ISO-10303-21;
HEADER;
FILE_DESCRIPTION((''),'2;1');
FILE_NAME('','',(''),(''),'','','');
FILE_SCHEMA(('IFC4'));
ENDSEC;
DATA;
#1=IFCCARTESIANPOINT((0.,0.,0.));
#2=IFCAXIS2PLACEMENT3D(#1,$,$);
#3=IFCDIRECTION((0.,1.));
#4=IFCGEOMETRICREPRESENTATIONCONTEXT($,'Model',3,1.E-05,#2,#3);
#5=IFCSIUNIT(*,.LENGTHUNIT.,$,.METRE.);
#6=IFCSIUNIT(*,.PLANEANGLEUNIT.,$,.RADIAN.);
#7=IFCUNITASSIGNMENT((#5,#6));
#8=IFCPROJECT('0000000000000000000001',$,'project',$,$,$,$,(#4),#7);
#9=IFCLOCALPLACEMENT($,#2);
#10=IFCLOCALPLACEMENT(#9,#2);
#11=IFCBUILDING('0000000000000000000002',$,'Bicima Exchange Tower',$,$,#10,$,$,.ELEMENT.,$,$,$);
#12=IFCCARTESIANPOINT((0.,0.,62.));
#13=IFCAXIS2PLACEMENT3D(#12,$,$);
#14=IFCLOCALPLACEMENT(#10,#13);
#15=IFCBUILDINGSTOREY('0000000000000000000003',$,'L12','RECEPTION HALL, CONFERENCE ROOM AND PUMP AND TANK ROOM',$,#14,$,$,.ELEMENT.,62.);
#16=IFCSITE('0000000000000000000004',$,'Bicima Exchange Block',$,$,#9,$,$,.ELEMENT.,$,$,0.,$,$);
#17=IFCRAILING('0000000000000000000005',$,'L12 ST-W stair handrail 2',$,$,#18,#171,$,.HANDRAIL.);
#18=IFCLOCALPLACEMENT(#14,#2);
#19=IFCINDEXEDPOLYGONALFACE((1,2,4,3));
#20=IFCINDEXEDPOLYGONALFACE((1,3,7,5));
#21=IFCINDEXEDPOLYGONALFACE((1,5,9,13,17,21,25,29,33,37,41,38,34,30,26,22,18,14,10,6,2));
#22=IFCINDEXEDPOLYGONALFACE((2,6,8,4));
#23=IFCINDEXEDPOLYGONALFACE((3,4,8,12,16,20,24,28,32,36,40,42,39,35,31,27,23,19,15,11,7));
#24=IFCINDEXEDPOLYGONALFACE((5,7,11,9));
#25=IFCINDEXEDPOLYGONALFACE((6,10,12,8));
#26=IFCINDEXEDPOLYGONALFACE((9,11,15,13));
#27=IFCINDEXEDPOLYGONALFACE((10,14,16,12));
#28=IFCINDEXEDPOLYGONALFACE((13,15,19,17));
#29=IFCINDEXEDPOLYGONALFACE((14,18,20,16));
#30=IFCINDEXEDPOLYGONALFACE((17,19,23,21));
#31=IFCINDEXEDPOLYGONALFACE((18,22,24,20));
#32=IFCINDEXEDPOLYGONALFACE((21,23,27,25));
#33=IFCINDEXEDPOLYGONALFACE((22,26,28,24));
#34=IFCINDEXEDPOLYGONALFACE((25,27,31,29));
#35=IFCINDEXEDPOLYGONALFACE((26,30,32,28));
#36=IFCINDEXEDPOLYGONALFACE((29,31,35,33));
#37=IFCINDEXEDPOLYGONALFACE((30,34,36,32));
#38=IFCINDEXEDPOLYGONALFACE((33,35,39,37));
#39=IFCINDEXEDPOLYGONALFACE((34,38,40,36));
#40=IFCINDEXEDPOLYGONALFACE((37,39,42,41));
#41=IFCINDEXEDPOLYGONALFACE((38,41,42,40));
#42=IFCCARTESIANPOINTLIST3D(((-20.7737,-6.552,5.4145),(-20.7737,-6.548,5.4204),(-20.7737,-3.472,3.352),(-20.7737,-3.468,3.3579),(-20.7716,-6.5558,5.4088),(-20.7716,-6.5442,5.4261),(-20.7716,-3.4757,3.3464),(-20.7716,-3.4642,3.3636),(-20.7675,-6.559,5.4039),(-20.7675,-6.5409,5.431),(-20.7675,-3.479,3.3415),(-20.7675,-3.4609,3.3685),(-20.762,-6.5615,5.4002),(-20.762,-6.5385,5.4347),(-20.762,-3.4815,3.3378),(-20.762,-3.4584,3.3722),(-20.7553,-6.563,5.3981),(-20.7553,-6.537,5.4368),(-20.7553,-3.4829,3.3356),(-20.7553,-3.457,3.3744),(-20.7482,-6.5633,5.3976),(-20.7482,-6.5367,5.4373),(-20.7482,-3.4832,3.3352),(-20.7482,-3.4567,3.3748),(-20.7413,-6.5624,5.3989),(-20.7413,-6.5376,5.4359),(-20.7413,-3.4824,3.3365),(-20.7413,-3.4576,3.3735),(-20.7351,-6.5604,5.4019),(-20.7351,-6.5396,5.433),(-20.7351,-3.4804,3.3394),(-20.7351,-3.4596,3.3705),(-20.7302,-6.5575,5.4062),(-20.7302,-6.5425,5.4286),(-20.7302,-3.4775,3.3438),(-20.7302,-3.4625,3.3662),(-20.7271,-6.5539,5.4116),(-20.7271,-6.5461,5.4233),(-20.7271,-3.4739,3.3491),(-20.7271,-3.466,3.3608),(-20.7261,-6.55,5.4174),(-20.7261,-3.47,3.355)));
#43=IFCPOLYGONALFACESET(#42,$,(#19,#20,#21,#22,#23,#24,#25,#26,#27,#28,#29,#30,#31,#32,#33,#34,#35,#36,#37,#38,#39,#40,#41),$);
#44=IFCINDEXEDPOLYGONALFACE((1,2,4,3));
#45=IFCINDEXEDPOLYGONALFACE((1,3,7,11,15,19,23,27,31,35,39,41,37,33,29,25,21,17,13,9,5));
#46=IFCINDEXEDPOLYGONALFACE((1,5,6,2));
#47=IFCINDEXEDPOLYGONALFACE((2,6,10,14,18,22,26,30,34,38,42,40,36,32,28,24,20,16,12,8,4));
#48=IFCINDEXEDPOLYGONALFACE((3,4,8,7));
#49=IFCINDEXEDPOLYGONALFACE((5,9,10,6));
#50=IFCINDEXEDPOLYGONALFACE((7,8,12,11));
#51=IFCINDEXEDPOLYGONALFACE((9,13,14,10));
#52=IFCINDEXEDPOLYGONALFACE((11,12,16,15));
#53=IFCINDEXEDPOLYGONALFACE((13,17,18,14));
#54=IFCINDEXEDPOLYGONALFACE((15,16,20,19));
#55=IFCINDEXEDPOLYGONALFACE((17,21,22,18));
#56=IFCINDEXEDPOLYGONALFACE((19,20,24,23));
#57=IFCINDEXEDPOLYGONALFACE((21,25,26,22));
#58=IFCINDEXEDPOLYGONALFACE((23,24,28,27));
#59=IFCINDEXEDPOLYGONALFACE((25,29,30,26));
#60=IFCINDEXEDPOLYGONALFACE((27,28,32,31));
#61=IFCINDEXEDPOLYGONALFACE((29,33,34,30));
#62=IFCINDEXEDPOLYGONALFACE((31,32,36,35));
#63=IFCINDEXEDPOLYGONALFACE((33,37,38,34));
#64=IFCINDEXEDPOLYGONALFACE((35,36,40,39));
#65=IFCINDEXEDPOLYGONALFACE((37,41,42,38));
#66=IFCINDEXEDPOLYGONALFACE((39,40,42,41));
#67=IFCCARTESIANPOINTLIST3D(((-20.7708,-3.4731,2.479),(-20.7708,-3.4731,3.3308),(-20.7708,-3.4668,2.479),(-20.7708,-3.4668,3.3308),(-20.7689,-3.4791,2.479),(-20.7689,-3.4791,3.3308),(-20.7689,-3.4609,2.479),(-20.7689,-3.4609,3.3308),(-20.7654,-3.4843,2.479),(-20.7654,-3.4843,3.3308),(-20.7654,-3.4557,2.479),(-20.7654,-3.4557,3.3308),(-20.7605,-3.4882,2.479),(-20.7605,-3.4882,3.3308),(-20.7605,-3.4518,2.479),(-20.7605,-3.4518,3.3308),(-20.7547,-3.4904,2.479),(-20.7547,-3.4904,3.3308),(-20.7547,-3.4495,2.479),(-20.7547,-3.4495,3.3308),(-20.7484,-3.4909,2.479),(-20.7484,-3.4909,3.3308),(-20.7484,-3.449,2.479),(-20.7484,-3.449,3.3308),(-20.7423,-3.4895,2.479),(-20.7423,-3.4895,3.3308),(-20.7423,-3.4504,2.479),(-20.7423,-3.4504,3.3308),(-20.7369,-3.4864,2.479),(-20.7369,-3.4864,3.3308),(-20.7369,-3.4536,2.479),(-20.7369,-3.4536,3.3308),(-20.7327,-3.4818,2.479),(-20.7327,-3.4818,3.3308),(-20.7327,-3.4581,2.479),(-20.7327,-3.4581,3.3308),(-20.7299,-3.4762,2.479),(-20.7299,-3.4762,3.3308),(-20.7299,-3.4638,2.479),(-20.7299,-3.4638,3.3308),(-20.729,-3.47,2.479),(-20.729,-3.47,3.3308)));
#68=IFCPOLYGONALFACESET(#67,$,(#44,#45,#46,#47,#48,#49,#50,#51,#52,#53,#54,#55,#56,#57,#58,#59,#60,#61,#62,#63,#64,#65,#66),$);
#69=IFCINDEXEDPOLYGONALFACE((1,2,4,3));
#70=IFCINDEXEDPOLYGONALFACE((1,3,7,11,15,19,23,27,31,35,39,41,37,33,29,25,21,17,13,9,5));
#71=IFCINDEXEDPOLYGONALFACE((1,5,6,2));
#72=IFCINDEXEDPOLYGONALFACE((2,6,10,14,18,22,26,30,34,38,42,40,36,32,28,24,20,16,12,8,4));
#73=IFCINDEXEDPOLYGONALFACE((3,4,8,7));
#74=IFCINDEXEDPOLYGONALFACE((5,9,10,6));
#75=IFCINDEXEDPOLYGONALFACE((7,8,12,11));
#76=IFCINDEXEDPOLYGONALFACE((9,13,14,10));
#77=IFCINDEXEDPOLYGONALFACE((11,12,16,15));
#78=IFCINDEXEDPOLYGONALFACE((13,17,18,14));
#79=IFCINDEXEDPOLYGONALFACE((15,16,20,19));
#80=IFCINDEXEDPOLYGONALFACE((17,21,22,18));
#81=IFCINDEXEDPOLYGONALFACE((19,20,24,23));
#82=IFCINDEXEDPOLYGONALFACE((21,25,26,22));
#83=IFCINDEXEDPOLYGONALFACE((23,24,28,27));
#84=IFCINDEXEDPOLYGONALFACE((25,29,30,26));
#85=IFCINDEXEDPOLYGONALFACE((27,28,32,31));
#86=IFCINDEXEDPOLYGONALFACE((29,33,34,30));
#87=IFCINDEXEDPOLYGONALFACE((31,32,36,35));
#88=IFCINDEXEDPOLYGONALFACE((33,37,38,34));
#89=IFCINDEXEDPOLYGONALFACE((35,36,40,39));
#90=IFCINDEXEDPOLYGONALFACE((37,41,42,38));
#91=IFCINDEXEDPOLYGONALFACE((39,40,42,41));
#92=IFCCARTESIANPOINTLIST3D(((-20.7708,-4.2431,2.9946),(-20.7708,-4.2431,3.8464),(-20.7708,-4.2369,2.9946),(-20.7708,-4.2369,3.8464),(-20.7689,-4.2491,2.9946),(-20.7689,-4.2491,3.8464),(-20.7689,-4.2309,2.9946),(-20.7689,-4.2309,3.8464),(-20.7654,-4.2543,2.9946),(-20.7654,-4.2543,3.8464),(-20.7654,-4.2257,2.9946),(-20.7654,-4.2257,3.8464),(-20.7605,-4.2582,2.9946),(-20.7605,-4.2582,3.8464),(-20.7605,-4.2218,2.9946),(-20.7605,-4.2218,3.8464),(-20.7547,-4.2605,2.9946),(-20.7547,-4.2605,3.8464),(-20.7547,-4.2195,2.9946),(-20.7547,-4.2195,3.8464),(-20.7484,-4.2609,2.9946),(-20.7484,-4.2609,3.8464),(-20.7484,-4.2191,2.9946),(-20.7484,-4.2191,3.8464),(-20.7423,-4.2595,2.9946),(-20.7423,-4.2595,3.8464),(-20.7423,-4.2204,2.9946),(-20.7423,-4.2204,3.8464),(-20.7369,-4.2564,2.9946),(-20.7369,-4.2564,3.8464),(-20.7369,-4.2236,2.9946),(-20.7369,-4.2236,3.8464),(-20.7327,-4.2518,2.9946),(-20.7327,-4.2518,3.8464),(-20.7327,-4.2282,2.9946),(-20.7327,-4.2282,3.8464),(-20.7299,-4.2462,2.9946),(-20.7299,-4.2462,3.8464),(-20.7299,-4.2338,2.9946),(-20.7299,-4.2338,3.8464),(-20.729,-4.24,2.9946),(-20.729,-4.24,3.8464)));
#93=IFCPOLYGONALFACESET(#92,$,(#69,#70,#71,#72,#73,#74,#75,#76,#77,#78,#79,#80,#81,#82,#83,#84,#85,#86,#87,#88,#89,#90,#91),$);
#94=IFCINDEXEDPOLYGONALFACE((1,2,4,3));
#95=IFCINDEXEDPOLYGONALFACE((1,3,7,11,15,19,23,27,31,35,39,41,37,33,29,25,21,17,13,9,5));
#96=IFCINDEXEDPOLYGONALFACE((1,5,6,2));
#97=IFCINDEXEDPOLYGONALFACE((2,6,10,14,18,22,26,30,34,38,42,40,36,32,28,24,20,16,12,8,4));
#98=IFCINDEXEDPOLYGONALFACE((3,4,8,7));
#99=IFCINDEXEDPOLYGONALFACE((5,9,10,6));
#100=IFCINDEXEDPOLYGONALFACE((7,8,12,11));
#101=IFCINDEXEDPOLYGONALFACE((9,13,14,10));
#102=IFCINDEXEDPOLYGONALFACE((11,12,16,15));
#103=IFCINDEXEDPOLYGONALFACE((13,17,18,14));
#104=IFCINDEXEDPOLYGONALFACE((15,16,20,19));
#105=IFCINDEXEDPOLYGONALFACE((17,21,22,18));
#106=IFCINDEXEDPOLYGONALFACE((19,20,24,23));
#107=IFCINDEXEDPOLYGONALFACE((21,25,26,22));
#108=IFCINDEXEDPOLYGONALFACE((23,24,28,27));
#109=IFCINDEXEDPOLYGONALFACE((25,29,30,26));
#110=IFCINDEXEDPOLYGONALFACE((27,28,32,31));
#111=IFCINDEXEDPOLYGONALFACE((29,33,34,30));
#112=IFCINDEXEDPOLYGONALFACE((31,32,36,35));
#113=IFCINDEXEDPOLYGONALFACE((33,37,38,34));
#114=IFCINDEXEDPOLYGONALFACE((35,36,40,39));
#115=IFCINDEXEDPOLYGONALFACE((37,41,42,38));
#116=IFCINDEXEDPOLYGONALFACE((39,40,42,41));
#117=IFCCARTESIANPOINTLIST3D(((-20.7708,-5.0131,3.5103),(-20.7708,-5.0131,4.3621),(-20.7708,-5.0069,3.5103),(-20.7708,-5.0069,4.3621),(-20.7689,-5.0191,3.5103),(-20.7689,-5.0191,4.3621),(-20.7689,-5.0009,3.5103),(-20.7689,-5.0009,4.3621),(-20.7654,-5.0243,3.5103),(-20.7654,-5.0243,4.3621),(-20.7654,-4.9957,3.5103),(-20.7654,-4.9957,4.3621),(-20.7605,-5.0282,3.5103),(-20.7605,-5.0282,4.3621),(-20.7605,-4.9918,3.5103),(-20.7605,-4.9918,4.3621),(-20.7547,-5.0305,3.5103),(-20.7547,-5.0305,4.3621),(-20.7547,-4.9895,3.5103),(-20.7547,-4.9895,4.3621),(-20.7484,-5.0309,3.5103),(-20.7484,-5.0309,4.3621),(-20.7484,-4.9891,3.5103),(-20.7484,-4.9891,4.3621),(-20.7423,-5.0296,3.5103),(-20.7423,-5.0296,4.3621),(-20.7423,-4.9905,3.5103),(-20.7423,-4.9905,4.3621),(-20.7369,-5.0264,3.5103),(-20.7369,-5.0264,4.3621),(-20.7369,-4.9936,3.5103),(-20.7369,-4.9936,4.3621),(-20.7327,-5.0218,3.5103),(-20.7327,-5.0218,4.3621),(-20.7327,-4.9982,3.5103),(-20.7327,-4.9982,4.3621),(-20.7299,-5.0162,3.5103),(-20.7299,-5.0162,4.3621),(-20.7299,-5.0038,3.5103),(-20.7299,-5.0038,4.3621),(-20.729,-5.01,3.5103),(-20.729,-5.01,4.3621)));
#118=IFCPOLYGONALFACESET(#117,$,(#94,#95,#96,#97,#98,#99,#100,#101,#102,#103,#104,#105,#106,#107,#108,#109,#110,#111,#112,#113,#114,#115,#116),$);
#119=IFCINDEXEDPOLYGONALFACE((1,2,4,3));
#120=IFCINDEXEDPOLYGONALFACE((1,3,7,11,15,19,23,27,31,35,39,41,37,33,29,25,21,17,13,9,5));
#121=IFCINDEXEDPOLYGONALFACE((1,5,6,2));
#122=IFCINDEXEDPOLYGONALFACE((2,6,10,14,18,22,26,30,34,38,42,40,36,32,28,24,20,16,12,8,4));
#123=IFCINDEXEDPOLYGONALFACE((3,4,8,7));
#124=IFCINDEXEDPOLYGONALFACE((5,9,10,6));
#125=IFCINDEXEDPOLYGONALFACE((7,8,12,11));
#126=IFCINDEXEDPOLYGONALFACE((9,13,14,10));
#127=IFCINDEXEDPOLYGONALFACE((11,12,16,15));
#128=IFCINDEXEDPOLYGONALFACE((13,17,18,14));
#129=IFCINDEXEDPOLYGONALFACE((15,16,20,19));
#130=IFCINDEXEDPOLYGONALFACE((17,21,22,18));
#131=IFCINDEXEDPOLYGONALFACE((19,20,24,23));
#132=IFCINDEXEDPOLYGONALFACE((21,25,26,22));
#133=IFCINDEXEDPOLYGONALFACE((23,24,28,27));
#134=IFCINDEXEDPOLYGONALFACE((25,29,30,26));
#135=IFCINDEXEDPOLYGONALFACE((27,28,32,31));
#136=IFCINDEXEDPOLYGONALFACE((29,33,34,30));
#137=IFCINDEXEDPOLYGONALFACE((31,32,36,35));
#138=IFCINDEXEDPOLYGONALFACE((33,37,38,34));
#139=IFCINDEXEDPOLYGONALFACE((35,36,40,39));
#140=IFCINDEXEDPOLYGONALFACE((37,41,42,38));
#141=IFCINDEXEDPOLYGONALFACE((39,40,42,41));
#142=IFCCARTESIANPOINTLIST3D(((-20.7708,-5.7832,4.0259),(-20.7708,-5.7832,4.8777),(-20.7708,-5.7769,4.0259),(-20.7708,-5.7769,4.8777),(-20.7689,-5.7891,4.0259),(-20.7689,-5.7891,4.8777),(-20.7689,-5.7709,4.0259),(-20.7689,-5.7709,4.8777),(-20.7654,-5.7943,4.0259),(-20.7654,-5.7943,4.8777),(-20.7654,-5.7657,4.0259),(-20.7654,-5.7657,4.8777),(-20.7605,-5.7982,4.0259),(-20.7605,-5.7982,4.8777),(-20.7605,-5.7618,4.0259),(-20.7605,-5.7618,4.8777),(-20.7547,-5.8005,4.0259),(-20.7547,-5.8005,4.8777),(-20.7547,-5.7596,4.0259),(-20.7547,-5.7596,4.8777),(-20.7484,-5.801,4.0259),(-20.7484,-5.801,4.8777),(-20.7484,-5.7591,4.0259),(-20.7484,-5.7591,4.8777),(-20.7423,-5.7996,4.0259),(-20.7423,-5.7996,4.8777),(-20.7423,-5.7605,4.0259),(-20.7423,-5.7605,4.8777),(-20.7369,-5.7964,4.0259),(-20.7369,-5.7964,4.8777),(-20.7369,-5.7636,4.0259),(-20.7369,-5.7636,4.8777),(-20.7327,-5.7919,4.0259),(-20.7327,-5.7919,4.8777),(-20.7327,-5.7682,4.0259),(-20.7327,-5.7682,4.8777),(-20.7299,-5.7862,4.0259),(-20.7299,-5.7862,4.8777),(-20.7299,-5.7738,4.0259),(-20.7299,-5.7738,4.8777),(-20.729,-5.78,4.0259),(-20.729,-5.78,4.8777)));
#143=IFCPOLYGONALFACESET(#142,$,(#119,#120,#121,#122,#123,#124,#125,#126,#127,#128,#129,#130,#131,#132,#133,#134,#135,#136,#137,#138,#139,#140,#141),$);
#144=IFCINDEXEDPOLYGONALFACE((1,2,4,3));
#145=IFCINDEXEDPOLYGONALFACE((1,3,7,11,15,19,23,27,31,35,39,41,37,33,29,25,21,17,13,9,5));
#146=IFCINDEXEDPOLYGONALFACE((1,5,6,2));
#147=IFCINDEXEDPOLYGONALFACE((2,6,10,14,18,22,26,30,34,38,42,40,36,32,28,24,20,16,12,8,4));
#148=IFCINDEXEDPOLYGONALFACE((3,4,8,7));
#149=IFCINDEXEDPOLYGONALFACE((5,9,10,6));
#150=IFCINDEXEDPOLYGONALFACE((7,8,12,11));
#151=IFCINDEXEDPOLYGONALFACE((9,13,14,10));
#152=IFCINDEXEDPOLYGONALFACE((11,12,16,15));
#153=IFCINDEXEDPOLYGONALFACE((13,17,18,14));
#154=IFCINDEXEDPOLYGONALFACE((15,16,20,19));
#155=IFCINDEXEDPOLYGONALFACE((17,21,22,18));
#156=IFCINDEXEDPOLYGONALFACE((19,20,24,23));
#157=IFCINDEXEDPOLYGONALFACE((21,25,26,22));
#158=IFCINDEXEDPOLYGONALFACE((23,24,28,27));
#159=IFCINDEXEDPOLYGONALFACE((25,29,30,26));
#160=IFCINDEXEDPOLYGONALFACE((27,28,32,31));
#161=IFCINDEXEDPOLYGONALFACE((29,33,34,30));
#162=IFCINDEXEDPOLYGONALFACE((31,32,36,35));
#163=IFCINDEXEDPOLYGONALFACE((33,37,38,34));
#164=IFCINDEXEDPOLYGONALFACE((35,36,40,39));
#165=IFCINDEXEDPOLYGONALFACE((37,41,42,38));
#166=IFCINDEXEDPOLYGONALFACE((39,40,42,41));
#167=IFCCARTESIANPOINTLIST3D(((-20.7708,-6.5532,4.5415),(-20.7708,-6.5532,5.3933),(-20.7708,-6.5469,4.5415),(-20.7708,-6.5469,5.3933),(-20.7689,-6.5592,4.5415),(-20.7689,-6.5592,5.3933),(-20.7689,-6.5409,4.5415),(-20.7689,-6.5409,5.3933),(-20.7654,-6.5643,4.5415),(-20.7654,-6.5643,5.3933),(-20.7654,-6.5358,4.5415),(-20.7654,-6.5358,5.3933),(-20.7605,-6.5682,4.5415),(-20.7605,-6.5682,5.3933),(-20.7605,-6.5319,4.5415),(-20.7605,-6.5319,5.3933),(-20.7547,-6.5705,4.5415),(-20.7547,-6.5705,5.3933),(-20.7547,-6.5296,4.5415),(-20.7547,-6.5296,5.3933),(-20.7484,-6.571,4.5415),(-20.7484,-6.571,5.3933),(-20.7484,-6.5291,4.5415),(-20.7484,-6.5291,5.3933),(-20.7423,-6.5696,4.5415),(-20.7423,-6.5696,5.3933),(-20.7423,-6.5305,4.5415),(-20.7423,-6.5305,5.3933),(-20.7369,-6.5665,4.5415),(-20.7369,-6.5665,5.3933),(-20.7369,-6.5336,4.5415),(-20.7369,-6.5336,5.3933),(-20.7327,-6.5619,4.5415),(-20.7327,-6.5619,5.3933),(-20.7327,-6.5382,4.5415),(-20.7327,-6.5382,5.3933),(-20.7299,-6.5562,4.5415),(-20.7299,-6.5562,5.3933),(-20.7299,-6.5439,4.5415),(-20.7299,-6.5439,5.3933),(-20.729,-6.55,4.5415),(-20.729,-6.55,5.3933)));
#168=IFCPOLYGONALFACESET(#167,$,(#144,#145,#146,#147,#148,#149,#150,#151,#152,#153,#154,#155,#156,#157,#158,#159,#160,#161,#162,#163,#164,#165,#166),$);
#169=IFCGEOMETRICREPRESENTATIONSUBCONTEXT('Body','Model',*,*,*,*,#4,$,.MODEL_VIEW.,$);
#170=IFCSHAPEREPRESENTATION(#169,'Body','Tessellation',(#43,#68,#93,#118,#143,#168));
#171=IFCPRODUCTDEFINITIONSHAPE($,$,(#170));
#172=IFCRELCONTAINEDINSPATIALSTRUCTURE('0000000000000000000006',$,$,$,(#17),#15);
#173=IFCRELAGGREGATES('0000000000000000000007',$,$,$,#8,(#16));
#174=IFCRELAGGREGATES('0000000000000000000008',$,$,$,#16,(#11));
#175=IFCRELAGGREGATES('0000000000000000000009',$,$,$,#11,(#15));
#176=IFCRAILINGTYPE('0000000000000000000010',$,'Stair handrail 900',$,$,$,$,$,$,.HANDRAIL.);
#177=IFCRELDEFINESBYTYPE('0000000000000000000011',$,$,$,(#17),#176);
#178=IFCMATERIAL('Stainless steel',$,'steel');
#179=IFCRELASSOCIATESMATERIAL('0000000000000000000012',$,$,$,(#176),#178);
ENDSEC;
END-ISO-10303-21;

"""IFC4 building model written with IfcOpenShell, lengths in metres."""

from ifc_helpers import new_model, si_unit, direction, frame, origin, origin_2d, place, context, subcontext, project, spatial, circle, extrude, material, type_object, element, save


model = new_model("IFC4")

# Units and contexts
model_context = context("Model", 3, precision=1e-05, world=origin(), true_north=direction((0.0, 1.0)))
body_context = subcontext(model_context, "Body", "Model", "MODEL_VIEW")
ifc_project = project(units=[si_unit("LENGTHUNIT", "METRE"), si_unit("PLANEANGLEUNIT", "RADIAN")], contexts=[model_context])

# Site, building, storey
site_placement = place(None, origin())
site = spatial("IfcSite", under=ifc_project, at=site_placement, Name="Bicima Exchange Block", CompositionType="ELEMENT", RefElevation=0.0)
building_placement = place(site_placement, origin())
building = spatial("IfcBuilding", under=site, at=building_placement, Name="Bicima Exchange Tower", CompositionType="ELEMENT")
storey_placement = place(building_placement, frame((0.0, 0.0, 62.0)))
storey = spatial("IfcBuildingStorey", under=building, at=storey_placement, Name="L12", Description="RECEPTION HALL, CONFERENCE ROOM AND PUMP AND TANK ROOM", CompositionType="ELEMENT", Elevation=62.0)

# Shared definitions
ifc_material_1 = material(Name="Stainless steel", Category="steel")

# Railing
railing_type_1 = type_object("IfcRailingType", Name="Stair handrail 900", PredefinedType="HANDRAIL", material=ifc_material_1)
railing_1_placement = place(storey_placement, frame((-20.75, -3.47, 2.479)))
element("IfcRailing", 1, at=railing_1_placement, inside=storey, type_object=railing_type_1, Name="L12 ST-W stair handrail 2", PredefinedType="HANDRAIL", context=body_context, shape_type="SweptSolid", body=[
    extrude(circle(Radius=0.0239, at=origin_2d()), frame((0.0, 0.0, 0.876), z_axis=(0.0, -0.830914, 0.556401), x_axis=(1.0, 0.0, 0.0)), (0.0, 0.0, 1.0), 3.7068),
    extrude(circle(Radius=0.021, at=origin_2d()), origin(), (0.0, 0.0, 1.0), 0.8518),
    extrude(circle(Radius=0.021, at=origin_2d()), frame((0.0, -0.77, 0.5156)), (0.0, 0.0, 1.0), 0.8518),
    extrude(circle(Radius=0.021, at=origin_2d()), frame((0.0, -1.54, 1.0312)), (0.0, 0.0, 1.0), 0.8518),
    extrude(circle(Radius=0.021, at=origin_2d()), frame((0.0, -2.3101, 1.5469)), (0.0, 0.0, 1.0), 0.8518),
    extrude(circle(Radius=0.021, at=origin_2d()), frame((0.0, -3.0801, 2.0625)), (0.0, 0.0, 1.0), 0.8518),
])

save(model, "model.ifc")
